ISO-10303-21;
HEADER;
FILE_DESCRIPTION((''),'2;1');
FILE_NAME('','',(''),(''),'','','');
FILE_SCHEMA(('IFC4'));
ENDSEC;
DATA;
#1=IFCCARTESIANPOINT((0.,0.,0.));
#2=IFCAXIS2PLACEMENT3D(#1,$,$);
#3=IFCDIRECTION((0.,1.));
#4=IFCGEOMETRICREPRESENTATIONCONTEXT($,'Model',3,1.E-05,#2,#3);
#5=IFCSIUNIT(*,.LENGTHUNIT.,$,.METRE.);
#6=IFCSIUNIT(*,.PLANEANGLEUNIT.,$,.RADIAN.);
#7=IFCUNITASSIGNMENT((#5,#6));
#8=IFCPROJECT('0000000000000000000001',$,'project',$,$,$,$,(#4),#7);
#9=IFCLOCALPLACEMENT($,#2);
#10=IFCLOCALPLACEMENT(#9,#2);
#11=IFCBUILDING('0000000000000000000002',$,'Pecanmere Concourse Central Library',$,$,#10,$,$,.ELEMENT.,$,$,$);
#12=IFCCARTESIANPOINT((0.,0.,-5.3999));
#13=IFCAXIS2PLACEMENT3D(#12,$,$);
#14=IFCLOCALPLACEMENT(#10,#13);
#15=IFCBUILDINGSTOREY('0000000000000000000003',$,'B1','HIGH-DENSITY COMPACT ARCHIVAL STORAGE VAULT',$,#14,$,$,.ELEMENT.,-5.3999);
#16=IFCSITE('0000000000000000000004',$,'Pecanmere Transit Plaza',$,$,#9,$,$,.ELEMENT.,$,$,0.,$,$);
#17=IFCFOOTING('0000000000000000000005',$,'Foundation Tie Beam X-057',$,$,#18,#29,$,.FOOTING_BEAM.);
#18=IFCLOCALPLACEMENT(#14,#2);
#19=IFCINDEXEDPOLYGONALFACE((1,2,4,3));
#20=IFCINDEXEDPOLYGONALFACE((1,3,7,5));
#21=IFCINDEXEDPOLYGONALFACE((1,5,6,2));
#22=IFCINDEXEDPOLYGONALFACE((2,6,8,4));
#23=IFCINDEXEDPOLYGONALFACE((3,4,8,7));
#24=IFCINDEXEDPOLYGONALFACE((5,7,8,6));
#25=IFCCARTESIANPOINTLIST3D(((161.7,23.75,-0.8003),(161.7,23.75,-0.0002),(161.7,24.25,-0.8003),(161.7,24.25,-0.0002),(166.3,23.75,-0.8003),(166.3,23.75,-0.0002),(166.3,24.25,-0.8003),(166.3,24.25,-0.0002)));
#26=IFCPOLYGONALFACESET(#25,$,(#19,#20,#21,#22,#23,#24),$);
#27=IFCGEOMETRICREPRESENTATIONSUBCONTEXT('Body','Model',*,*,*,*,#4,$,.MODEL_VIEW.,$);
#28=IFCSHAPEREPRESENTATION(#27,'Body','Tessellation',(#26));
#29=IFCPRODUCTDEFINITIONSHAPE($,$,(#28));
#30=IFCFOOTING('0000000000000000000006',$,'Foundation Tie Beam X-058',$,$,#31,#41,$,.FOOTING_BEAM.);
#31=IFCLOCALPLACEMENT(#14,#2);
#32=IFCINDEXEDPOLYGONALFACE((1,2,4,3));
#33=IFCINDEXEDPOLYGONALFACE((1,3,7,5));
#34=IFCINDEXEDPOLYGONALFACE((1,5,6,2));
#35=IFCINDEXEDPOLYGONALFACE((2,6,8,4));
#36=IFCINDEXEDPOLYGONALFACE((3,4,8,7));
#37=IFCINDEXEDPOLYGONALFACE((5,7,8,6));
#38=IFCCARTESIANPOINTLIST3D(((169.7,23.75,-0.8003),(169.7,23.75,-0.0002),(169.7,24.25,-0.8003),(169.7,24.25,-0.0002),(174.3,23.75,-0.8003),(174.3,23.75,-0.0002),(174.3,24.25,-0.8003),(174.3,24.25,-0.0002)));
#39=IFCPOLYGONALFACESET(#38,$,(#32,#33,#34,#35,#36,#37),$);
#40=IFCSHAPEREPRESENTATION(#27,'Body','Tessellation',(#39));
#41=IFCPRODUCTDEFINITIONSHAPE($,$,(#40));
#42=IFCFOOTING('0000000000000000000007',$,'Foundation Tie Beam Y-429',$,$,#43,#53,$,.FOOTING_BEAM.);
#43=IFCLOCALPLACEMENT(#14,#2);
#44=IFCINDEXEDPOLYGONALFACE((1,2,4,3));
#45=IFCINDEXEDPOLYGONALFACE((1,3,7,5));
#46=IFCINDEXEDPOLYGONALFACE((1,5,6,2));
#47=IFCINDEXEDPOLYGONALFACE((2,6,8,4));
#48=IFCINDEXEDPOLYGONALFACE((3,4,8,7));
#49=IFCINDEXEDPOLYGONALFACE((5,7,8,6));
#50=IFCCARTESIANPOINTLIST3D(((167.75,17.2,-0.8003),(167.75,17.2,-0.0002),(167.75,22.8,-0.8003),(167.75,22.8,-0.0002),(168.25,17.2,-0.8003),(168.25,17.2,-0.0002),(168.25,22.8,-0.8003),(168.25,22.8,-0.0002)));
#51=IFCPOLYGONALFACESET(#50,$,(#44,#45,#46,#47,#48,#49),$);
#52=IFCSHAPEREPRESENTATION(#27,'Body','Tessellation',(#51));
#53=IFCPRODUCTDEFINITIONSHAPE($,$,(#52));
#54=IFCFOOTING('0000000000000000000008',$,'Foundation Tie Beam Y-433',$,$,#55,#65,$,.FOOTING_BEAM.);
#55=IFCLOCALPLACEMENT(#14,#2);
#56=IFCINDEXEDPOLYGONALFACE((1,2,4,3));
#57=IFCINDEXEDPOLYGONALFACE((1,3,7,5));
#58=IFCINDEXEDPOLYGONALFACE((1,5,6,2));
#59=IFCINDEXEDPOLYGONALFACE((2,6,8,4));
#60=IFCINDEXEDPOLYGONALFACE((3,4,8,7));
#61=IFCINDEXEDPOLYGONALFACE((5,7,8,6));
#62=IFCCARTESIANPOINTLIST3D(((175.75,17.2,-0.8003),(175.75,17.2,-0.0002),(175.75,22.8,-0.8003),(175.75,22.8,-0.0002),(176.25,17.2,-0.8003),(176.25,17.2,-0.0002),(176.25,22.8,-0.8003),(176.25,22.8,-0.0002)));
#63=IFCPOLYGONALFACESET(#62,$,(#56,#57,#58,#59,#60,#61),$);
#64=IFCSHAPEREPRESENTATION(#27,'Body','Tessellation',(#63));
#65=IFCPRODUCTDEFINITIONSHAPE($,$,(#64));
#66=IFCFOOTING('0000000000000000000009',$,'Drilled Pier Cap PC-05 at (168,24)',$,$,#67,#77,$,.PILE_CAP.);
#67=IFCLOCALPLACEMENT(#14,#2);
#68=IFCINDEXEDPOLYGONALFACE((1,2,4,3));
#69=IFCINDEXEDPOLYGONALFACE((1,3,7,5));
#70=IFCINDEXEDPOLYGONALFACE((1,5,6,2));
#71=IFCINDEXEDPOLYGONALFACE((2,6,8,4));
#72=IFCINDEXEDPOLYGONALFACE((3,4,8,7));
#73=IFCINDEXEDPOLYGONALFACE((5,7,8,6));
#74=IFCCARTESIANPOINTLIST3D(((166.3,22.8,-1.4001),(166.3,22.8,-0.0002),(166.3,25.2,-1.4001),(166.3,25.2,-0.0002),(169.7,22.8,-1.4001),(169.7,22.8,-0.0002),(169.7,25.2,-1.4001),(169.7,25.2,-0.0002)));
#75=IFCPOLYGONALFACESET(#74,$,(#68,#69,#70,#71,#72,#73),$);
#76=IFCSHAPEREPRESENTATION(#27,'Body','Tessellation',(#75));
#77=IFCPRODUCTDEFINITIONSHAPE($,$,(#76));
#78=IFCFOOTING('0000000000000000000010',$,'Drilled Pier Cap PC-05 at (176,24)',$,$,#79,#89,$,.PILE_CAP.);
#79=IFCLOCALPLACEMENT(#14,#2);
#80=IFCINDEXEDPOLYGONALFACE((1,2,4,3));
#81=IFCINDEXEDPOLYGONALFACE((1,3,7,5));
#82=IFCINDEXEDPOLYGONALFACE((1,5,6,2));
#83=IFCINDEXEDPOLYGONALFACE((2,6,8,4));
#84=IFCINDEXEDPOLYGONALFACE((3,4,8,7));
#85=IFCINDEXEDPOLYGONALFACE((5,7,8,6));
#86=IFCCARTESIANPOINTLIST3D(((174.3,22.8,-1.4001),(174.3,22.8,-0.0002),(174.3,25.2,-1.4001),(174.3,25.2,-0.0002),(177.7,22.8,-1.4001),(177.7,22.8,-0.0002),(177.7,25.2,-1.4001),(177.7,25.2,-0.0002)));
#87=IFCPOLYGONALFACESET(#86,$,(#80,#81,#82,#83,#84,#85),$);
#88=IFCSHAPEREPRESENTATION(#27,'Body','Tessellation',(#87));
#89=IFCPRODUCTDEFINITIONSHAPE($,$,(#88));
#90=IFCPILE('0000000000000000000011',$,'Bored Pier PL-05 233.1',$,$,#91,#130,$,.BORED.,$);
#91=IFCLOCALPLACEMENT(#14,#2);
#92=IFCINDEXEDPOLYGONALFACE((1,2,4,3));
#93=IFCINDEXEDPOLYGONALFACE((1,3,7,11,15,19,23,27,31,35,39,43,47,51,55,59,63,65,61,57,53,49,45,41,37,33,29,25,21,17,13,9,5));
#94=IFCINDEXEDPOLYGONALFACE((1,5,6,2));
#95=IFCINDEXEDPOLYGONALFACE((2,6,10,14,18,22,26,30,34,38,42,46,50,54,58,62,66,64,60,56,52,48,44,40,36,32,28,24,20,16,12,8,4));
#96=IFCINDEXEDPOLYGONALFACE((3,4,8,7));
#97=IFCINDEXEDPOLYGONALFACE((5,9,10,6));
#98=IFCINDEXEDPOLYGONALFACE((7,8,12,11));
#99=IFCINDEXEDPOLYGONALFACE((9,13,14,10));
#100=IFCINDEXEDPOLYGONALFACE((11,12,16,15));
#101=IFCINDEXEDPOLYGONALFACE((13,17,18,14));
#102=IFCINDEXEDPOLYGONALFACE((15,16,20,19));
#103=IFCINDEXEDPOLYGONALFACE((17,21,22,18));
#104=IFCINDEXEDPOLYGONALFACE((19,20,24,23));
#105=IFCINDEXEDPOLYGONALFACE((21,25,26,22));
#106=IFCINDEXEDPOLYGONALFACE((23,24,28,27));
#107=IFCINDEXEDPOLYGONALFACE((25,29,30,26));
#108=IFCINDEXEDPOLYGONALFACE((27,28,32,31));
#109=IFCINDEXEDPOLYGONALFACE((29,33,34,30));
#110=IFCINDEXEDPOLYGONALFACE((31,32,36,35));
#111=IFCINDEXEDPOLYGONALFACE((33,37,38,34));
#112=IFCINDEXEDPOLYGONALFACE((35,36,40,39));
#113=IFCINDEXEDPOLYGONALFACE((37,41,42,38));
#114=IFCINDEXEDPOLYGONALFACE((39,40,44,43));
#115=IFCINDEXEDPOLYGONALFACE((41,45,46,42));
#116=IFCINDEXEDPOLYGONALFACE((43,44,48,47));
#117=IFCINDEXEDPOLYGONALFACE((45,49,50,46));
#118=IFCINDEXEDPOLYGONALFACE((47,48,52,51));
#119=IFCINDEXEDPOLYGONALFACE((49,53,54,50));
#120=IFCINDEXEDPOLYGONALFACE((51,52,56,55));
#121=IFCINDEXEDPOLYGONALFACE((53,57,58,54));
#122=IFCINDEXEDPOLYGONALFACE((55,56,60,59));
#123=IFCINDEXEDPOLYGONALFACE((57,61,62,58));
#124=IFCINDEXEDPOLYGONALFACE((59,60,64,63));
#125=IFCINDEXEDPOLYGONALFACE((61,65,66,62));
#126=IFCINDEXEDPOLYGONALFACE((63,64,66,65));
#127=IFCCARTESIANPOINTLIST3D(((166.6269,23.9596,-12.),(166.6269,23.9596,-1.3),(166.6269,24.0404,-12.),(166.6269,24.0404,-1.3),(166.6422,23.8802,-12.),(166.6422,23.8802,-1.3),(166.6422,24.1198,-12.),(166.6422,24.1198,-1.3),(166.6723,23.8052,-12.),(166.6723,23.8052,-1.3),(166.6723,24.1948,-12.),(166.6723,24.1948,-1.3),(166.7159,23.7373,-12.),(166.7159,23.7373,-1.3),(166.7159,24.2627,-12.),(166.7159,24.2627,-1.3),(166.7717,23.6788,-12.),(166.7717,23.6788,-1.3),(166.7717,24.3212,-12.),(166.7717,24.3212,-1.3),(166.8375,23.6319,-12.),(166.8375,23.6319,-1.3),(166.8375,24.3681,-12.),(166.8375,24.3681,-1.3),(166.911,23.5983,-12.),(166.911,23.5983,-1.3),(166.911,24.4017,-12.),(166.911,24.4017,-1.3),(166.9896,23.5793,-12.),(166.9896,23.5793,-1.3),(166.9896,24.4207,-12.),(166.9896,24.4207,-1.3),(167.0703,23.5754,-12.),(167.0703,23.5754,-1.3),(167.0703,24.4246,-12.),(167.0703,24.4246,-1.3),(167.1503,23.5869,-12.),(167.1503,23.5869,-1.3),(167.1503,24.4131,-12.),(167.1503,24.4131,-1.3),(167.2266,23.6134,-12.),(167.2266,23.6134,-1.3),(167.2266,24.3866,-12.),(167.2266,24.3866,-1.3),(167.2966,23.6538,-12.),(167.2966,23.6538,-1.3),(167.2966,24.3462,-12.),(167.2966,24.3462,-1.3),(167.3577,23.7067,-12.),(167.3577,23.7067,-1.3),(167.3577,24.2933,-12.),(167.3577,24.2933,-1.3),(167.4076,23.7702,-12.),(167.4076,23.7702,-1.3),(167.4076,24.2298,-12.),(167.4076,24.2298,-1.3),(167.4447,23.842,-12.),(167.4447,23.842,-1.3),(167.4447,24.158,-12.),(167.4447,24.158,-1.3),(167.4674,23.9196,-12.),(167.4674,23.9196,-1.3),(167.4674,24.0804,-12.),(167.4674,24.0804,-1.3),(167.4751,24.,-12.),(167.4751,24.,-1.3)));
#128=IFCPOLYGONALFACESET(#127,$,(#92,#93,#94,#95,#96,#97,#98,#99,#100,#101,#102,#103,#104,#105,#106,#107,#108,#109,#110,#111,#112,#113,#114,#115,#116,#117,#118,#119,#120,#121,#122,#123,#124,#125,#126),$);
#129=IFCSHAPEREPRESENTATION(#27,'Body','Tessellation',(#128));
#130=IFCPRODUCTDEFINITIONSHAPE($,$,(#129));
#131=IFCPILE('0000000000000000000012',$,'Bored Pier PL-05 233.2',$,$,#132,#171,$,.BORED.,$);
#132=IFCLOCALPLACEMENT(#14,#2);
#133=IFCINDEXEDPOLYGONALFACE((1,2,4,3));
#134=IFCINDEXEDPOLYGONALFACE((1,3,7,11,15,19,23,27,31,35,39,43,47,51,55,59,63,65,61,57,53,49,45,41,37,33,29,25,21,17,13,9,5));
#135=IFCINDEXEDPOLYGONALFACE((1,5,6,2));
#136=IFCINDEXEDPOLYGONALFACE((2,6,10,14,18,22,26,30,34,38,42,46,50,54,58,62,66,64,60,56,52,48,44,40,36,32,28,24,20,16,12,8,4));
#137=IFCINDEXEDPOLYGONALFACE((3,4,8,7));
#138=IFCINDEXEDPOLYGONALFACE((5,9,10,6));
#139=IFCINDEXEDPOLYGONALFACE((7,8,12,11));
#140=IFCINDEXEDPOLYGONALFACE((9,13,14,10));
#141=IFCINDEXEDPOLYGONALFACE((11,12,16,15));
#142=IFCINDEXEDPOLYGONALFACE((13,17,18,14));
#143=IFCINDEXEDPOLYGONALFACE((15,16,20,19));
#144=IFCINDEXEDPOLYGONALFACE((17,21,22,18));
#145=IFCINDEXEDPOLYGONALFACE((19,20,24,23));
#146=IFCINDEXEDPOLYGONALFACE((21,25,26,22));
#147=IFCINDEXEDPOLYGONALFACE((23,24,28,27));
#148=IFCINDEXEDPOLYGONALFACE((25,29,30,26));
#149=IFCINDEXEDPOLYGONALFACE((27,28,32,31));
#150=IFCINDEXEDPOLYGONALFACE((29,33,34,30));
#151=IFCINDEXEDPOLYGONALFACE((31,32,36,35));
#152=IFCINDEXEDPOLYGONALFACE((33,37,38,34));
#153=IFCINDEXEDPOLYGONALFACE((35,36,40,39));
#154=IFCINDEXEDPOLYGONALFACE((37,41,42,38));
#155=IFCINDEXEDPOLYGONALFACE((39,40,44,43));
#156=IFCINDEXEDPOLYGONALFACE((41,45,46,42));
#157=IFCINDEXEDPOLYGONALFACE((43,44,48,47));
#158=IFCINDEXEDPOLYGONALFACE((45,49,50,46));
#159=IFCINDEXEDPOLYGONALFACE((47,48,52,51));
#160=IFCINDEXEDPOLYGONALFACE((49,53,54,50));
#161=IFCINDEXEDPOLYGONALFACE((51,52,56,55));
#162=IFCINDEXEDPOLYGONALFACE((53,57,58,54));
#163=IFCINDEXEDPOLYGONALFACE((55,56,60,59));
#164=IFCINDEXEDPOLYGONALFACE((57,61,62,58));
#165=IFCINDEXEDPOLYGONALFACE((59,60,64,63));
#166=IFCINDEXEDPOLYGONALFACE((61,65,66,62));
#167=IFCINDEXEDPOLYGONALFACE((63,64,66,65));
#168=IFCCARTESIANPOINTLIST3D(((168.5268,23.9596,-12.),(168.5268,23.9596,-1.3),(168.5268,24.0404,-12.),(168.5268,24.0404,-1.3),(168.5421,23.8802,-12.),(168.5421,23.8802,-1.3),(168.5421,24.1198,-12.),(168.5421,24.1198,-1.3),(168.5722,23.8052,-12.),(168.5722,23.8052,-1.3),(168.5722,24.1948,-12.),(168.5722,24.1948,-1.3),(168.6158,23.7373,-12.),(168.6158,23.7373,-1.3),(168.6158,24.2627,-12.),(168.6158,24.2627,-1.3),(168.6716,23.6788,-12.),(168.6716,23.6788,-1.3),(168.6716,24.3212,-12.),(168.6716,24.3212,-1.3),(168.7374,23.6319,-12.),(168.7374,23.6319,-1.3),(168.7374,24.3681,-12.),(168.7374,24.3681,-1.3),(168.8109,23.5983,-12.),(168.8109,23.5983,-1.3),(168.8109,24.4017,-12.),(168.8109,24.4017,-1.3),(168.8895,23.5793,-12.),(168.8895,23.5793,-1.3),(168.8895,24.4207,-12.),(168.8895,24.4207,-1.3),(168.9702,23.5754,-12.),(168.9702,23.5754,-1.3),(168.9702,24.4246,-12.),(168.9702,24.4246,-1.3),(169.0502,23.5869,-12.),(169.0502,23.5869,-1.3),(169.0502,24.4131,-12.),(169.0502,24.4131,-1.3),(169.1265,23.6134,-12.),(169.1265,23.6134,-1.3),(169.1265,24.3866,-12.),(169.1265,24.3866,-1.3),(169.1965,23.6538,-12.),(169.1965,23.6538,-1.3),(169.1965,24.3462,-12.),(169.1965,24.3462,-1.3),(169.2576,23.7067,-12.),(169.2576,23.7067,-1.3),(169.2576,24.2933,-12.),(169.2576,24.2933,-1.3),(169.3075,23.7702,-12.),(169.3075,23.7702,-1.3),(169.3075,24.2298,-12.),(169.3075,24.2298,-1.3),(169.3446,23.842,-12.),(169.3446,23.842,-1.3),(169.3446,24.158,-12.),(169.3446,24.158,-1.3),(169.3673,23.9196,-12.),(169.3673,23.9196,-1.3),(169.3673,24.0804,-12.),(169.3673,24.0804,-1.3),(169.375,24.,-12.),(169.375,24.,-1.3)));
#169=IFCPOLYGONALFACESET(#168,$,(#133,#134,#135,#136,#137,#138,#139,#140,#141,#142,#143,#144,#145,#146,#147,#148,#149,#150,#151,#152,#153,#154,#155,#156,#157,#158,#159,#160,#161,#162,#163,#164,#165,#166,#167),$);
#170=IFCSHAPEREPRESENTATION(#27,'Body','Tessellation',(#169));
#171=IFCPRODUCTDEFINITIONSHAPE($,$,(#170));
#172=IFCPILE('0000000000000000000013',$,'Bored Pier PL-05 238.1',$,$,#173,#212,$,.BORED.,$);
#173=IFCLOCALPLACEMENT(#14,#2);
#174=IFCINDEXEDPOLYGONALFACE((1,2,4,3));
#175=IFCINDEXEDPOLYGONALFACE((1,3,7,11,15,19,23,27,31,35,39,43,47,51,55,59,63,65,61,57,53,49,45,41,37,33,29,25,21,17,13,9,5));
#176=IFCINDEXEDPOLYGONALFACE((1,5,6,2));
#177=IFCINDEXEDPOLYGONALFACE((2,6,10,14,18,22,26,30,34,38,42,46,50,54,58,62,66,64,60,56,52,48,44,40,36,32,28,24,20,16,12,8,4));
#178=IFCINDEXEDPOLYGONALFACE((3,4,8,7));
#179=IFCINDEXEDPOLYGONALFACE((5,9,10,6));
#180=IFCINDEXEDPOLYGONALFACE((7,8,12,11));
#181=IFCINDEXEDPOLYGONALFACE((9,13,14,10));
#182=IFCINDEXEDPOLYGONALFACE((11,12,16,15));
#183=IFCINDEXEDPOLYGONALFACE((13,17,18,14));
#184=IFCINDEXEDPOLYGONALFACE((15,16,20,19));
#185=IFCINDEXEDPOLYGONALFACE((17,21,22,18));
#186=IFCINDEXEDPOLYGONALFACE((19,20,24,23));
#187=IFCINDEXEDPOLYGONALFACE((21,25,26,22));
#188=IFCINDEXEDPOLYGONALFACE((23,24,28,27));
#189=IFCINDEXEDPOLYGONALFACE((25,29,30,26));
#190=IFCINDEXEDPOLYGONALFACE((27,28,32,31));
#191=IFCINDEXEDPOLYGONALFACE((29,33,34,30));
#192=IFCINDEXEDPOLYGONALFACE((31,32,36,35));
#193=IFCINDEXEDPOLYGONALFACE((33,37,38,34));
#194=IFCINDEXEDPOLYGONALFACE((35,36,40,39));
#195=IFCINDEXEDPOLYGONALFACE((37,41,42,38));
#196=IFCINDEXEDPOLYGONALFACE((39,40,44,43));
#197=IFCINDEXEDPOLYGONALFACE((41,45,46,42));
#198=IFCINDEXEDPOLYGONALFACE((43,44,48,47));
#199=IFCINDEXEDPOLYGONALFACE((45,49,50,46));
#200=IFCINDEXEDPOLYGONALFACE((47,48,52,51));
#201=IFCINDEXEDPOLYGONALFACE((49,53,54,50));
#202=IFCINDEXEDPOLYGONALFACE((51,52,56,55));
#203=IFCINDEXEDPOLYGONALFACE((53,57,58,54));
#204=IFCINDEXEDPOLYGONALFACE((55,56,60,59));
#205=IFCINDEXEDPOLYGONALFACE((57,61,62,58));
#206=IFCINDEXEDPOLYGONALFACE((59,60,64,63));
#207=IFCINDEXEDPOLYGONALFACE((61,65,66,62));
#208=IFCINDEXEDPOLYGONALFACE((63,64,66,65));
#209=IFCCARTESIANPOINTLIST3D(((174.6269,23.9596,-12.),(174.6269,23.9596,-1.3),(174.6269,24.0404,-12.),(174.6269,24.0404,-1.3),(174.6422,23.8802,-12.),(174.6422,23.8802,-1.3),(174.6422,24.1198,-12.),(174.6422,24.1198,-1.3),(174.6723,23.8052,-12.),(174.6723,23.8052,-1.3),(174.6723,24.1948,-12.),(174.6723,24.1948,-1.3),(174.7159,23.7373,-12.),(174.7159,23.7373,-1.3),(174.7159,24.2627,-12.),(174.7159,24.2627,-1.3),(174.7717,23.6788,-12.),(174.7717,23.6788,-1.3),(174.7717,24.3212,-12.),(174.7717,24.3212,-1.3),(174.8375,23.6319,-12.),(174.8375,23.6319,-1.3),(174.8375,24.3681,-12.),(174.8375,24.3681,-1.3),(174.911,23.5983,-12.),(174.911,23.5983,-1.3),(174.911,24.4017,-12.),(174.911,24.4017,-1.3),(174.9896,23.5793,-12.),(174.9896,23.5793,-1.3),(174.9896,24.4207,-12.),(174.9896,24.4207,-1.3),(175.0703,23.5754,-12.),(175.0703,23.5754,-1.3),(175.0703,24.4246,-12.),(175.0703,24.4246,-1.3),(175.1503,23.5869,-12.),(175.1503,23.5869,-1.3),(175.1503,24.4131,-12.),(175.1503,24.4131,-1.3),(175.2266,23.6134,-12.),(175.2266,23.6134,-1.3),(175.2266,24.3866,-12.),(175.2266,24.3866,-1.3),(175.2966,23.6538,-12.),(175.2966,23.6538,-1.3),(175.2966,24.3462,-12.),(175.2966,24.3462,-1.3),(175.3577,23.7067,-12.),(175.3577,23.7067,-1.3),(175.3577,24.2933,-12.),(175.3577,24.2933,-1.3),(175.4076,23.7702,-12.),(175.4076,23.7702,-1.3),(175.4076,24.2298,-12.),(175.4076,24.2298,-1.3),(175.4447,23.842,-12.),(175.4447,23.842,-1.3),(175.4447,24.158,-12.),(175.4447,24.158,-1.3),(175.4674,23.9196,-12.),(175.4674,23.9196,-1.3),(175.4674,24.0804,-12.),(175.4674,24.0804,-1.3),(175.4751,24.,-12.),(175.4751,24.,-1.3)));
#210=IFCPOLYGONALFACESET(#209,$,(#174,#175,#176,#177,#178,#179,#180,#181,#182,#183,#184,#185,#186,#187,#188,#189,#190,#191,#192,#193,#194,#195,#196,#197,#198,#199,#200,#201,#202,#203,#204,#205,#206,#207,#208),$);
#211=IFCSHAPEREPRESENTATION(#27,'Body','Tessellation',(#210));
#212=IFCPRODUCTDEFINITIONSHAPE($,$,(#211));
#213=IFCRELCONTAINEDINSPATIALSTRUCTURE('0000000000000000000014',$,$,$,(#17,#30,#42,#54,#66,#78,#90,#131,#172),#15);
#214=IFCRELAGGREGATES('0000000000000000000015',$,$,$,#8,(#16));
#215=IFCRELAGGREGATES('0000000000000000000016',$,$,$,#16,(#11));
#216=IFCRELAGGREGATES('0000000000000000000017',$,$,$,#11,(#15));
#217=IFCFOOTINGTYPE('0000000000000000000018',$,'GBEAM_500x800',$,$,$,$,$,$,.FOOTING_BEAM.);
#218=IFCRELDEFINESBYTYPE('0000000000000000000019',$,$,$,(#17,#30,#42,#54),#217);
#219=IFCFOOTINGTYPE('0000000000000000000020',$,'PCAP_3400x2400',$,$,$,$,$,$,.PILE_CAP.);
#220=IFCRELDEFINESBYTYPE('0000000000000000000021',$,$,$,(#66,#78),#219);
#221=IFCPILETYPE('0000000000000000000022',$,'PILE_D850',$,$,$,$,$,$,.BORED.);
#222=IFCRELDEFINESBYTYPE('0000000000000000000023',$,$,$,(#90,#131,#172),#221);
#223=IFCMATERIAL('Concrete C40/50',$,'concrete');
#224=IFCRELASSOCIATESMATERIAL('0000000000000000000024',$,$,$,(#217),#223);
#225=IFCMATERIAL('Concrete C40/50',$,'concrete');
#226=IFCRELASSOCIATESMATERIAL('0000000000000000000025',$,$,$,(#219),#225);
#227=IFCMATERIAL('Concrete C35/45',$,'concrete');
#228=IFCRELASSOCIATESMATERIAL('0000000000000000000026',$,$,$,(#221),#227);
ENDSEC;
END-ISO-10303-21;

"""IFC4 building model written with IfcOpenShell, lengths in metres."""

from ifc_helpers import new_model, si_unit, direction, frame, origin, origin_2d, place, context, subcontext, project, spatial, rectangle, circle, extrude, material, material_profile, profile_set, type_object, element, save


model = new_model("IFC4")

# Units and contexts
model_context = context("Model", 3, precision=1e-05, world=origin(), true_north=direction((0.0, 1.0)))
body_context = subcontext(model_context, "Body", "Model", "MODEL_VIEW")
ifc_project = project(units=[si_unit("LENGTHUNIT", "METRE"), si_unit("PLANEANGLEUNIT", "RADIAN")], contexts=[model_context])

# Site, building, storey
site_placement = place(None, origin())
site = spatial("IfcSite", under=ifc_project, at=site_placement, Name="Pecanmere Transit Plaza", CompositionType="ELEMENT", RefElevation=0.0)
building_placement = place(site_placement, origin())
building = spatial("IfcBuilding", under=site, at=building_placement, Name="Pecanmere Concourse Central Library", CompositionType="ELEMENT")
storey_placement = place(building_placement, frame((0.0, 0.0, -5.3999)))
storey = spatial("IfcBuildingStorey", under=building, at=storey_placement, Name="B1", Description="HIGH-DENSITY COMPACT ARCHIVAL STORAGE VAULT", CompositionType="ELEMENT", Elevation=-5.3999)

# Footings
ifc_material_1 = material(Name="Concrete C40/50", Category="concrete")
ifc_material_profile_1 = material_profile(ifc_material_1, rectangle(XDim=0.5, YDim=0.8, at=origin_2d()), Name="RC 500x800")
ifc_profile_set_1 = profile_set([ifc_material_profile_1], Name="Concrete C40/50")
footing_type_1 = type_object("IfcFootingType", Name="GBEAM_500x800", PredefinedType="FOOTING_BEAM", material=ifc_profile_set_1)
for number, where, z_axis, x_axis, name in (
    (1, (164.0, 24.0, -0.8003), (0.0, 0.0, 1.0), (1.0, 0.0, 0.0), "Foundation Tie Beam X-057"),
    (2, (172.0, 24.0, -0.8003), (0.0, 0.0, 1.0), (1.0, 0.0, 0.0), "Foundation Tie Beam X-058"),
):
    element("IfcFooting", number, at=place(storey_placement, frame(where, z_axis=z_axis, x_axis=x_axis)), inside=storey, type_object=footing_type_1, Name=name, PredefinedType="FOOTING_BEAM", context=body_context, shape_type="SweptSolid", body=[
        extrude(rectangle(XDim=4.6001, YDim=0.5, at=origin_2d()), origin(), (0.0, 0.0, 1.0), 0.8),
    ])
for number, where, z_axis, x_axis, name in (
    (3, (168.0, 20.0, -0.8003), (0.0, 0.0, 1.0), (0.0, 1.0, 0.0), "Foundation Tie Beam Y-429"),
    (4, (176.0, 20.0, -0.8003), (0.0, 0.0, 1.0), (0.0, 1.0, 0.0), "Foundation Tie Beam Y-433"),
):
    element("IfcFooting", number, at=place(storey_placement, frame(where, z_axis=z_axis, x_axis=x_axis)), inside=storey, type_object=footing_type_1, Name=name, PredefinedType="FOOTING_BEAM", context=body_context, shape_type="SweptSolid", body=[
        extrude(rectangle(XDim=5.6001, YDim=0.5, at=origin_2d()), origin(), (0.0, 0.0, 1.0), 0.8),
    ])
ifc_material_2 = material(Name="Concrete C40/50", Category="concrete")
footing_type_2 = type_object("IfcFootingType", Name="PCAP_3400x2400", PredefinedType="PILE_CAP", material=ifc_material_2)
for number, where, z_axis, x_axis, name in (
    (5, (168.0, 24.0, -1.4001), (0.0, 0.0, 1.0), (1.0, 0.0, 0.0), "Drilled Pier Cap PC-05 at (168,24)"),
    (6, (176.0, 24.0, -1.4001), (0.0, 0.0, 1.0), (1.0, 0.0, 0.0), "Drilled Pier Cap PC-05 at (176,24)"),
):
    element("IfcFooting", number, at=place(storey_placement, frame(where, z_axis=z_axis, x_axis=x_axis)), inside=storey, type_object=footing_type_2, Name=name, PredefinedType="PILE_CAP", context=body_context, shape_type="SweptSolid", body=[
        extrude(rectangle(XDim=3.3999, YDim=2.3999, at=origin_2d()), origin(), (0.0, 0.0, 1.0), 1.3999),
    ])

# Piles
ifc_material_3 = material(Name="Concrete C35/45", Category="concrete")
ifc_material_profile_2 = material_profile(ifc_material_3, circle(Radius=0.425, at=origin_2d()), Name="PIER D850")
ifc_profile_set_2 = profile_set([ifc_material_profile_2], Name="Concrete C35/45")
pile_type = type_object("IfcPileType", Name="PILE_D850", PredefinedType="BORED", material=ifc_profile_set_2)
for number, where, z_axis, x_axis, name in (
    (7, (167.05, 24.0, -1.3), (0.0, 0.0, -1.0), (1.0, 0.0, 0.0), "Bored Pier PL-05 233.1"),
    (8, (168.95, 24.0, -1.3), (0.0, 0.0, -1.0), (1.0, 0.0, 0.0), "Bored Pier PL-05 233.2"),
    (9, (175.05, 24.0, -1.3), (0.0, 0.0, -1.0), (1.0, 0.0, 0.0), "Bored Pier PL-05 238.1"),
):
    element("IfcPile", number, at=place(storey_placement, frame(where, z_axis=z_axis, x_axis=x_axis)), inside=storey, type_object=pile_type, Name=name, PredefinedType="BORED", context=body_context, shape_type="SweptSolid", body=[
        extrude(circle(Radius=0.425, at=origin_2d()), origin(), (0.0, 0.0, 1.0), 10.7),
    ])

save(model, "model.ifc")
